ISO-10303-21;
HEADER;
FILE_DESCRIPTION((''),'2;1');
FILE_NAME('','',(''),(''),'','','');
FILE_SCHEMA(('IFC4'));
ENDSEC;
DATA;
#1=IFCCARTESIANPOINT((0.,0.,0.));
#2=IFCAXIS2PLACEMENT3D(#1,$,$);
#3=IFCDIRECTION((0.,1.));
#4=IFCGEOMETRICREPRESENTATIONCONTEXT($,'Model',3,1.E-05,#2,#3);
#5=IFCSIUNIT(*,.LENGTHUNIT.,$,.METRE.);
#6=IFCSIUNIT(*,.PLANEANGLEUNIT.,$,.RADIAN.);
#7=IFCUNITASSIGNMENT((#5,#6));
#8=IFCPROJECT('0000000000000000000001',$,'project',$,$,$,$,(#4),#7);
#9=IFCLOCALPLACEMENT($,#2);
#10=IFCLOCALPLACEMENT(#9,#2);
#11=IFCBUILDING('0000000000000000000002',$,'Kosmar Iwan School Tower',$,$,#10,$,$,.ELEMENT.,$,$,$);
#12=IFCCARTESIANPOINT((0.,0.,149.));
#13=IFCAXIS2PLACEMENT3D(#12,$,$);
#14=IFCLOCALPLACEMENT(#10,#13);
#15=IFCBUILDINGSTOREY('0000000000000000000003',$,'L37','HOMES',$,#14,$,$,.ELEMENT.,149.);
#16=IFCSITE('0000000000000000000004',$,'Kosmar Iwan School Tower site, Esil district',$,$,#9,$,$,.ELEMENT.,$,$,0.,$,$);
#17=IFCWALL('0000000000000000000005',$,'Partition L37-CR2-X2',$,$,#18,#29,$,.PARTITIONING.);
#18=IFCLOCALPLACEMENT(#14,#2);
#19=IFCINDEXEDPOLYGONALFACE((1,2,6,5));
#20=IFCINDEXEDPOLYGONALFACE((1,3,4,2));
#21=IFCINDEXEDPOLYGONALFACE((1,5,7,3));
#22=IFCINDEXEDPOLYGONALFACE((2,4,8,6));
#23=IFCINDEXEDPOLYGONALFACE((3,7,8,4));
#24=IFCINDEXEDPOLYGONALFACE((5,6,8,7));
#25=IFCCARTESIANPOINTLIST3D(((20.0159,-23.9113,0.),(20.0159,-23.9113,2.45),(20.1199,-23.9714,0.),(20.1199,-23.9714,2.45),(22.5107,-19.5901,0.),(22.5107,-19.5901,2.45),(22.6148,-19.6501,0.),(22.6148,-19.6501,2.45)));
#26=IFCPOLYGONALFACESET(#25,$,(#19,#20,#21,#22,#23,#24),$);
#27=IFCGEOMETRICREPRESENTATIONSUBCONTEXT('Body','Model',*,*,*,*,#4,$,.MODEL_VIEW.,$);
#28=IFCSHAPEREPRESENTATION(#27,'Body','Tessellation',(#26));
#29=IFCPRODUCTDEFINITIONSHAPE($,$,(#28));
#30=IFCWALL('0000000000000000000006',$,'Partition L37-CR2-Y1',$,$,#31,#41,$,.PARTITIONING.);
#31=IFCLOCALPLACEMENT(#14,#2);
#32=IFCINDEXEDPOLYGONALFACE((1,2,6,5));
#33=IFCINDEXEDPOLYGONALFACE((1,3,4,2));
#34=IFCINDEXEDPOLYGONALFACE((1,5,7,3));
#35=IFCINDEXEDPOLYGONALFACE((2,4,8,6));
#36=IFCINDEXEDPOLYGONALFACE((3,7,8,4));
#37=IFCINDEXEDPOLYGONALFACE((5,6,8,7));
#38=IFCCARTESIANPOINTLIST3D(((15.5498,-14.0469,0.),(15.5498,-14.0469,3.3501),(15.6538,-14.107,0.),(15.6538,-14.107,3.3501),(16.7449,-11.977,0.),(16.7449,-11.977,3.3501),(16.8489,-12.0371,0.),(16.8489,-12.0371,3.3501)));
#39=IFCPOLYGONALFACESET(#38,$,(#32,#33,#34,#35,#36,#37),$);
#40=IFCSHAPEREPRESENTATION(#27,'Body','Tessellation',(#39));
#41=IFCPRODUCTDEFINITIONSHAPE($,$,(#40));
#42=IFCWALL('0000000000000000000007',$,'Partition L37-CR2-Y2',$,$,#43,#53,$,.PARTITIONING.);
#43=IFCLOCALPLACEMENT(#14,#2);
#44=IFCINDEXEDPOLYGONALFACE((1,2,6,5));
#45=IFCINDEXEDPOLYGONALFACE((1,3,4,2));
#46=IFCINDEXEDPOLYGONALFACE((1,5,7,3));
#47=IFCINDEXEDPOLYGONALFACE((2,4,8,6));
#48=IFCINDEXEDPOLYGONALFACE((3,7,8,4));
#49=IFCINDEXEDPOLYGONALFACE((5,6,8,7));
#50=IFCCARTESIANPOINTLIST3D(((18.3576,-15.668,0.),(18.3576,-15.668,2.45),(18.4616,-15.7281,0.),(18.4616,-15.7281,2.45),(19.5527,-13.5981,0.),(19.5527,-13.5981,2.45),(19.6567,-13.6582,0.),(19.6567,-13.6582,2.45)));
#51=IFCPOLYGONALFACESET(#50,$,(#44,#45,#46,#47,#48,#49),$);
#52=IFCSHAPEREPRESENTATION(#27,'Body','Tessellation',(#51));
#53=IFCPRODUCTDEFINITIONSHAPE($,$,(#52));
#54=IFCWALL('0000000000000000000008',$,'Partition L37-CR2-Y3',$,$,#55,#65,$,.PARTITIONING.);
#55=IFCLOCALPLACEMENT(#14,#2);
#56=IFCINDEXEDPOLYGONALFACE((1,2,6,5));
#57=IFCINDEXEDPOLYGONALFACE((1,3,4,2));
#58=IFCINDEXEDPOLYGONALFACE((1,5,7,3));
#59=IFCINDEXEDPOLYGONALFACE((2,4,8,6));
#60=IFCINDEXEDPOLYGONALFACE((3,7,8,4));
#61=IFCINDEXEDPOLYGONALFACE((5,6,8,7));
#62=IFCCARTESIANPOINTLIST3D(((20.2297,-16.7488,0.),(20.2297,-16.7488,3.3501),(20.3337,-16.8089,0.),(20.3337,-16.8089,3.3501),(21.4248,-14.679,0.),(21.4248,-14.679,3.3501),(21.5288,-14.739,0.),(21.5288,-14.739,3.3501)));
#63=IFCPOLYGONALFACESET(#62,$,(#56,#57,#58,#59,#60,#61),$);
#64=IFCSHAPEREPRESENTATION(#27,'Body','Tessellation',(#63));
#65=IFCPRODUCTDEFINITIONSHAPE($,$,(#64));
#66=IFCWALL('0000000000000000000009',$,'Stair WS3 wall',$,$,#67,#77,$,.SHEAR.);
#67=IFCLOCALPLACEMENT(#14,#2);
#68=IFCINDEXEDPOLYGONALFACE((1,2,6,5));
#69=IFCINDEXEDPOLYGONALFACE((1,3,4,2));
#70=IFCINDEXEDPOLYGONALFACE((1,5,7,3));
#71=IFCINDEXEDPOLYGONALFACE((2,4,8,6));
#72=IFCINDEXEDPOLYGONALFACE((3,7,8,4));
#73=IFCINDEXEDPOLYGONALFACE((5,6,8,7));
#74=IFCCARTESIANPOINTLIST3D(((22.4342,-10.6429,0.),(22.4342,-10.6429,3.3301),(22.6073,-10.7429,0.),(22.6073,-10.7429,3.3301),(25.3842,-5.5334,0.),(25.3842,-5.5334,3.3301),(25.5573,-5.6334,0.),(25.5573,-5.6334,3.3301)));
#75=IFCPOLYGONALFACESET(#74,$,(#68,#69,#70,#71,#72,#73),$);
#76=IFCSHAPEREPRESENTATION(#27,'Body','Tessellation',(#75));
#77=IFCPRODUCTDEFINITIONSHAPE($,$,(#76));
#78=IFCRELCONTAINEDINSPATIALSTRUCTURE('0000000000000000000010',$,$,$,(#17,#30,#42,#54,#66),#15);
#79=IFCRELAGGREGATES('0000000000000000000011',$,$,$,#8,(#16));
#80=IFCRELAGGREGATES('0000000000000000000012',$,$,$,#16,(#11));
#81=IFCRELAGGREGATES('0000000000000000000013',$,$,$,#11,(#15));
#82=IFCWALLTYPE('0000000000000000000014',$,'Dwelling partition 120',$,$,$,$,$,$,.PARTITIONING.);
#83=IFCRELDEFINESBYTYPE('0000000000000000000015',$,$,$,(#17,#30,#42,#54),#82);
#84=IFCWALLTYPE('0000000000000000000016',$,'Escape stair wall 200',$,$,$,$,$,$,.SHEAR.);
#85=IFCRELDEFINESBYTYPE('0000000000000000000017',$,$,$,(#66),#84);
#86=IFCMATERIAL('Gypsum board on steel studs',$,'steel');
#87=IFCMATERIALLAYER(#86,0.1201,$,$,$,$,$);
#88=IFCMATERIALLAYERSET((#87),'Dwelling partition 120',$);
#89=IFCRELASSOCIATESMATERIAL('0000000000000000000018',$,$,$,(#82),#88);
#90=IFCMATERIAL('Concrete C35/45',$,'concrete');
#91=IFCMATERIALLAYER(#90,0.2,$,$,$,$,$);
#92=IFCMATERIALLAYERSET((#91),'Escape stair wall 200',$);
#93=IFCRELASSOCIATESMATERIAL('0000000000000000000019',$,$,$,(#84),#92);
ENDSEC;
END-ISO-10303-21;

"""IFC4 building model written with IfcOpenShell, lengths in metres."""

from ifc_helpers import new_model, si_unit, direction, frame, frame_2d, origin, place, context, subcontext, project, spatial, rectangle, extrude, material, layer, layer_set, type_object, element, save


model = new_model("IFC4")

# Units and contexts
model_context = context("Model", 3, precision=1e-05, world=origin(), true_north=direction((0.0, 1.0)))
body_context = subcontext(model_context, "Body", "Model", "MODEL_VIEW")
ifc_project = project(units=[si_unit("LENGTHUNIT", "METRE"), si_unit("PLANEANGLEUNIT", "RADIAN")], contexts=[model_context])

# Site, building, storey
site_placement = place(None, origin())
site = spatial("IfcSite", under=ifc_project, at=site_placement, Name="Kosmar Iwan School Tower site, Esil district", CompositionType="ELEMENT", RefElevation=0.0)
building_placement = place(site_placement, origin())
building = spatial("IfcBuilding", under=site, at=building_placement, Name="Kosmar Iwan School Tower", CompositionType="ELEMENT")
storey_placement = place(building_placement, frame((0.0, 0.0, 149.0)))
storey = spatial("IfcBuildingStorey", under=building, at=storey_placement, Name="L37", Description="HOMES", CompositionType="ELEMENT", Elevation=149.0)

# Shared definitions
ifc_material_1 = material(Name="Gypsum board on steel studs", Category="steel")
ifc_layer_1 = layer(ifc_material_1, 0.1201)
ifc_layer_set_1 = layer_set([ifc_layer_1], Name="Dwelling partition 120")
wall_type_1 = type_object("IfcWallType", Name="Dwelling partition 120", PredefinedType="PARTITIONING", material=ifc_layer_set_1)

# Walls
wall_1_placement = place(storey_placement, frame((22.5627, -19.6201, 0.0), z_axis=(0.0, 0.0, 1.0), x_axis=(-0.499996, -0.866028, 0.0)))
element("IfcWall", 1, at=wall_1_placement, inside=storey, type_object=wall_type_1, Name="Partition L37-CR2-X2", PredefinedType="PARTITIONING", context=body_context, shape_type="SweptSolid", body=[
    extrude(rectangle(XDim=4.9897, YDim=0.1201, at=frame_2d((2.4949, 0.0))), origin(), (0.0, 0.0, 1.0), 2.45),
])
wall_2_placement = place(storey_placement, frame((16.7969, -12.0071, 0.0), z_axis=(0.0, 0.0, 1.0), x_axis=(-0.500017, -0.866015, 0.0)))
element("IfcWall", 2, at=wall_2_placement, inside=storey, type_object=wall_type_1, Name="Partition L37-CR2-Y1", PredefinedType="PARTITIONING", context=body_context, shape_type="SweptSolid", body=[
    extrude(rectangle(XDim=2.3901, YDim=0.1201, at=frame_2d((1.1951, 0.0))), origin(), (0.0, 0.0, 1.0), 3.3501),
])
wall_3_placement = place(storey_placement, frame((19.6047, -13.6282, 0.0), z_axis=(0.0, 0.0, 1.0), x_axis=(-0.500017, -0.866015, 0.0)))
element("IfcWall", 3, at=wall_3_placement, inside=storey, type_object=wall_type_1, Name="Partition L37-CR2-Y2", PredefinedType="PARTITIONING", context=body_context, shape_type="SweptSolid", body=[
    extrude(rectangle(XDim=2.3901, YDim=0.1201, at=frame_2d((1.1951, 0.0))), origin(), (0.0, 0.0, 1.0), 2.45),
])
wall_4_placement = place(storey_placement, frame((21.4768, -14.709, 0.0), z_axis=(0.0, 0.0, 1.0), x_axis=(-0.500017, -0.866015, 0.0)))
element("IfcWall", 4, at=wall_4_placement, inside=storey, type_object=wall_type_1, Name="Partition L37-CR2-Y3", PredefinedType="PARTITIONING", context=body_context, shape_type="SweptSolid", body=[
    extrude(rectangle(XDim=2.3901, YDim=0.1201, at=frame_2d((1.1951, 0.0))), origin(), (0.0, 0.0, 1.0), 3.3501),
])
ifc_material_2 = material(Name="Concrete C35/45", Category="concrete")
ifc_layer_2 = layer(ifc_material_2, 0.2)
ifc_layer_set_2 = layer_set([ifc_layer_2], Name="Escape stair wall 200")
wall_type_2 = type_object("IfcWallType", Name="Escape stair wall 200", PredefinedType="SHEAR", material=ifc_layer_set_2)
wall_5_placement = place(storey_placement, frame((22.5208, -10.6929, 0.0), z_axis=(0.0, 0.0, 1.0), x_axis=(0.500007, 0.866022, 0.0)))
element("IfcWall", 5, at=wall_5_placement, inside=storey, type_object=wall_type_2, Name="Stair WS3 wall", PredefinedType="SHEAR", context=body_context, shape_type="SweptSolid", body=[
    extrude(rectangle(XDim=5.8999, YDim=0.2, at=frame_2d((2.95, 0.0))), origin(), (0.0, 0.0, 1.0), 3.3301),
])

save(model, "model.ifc")
